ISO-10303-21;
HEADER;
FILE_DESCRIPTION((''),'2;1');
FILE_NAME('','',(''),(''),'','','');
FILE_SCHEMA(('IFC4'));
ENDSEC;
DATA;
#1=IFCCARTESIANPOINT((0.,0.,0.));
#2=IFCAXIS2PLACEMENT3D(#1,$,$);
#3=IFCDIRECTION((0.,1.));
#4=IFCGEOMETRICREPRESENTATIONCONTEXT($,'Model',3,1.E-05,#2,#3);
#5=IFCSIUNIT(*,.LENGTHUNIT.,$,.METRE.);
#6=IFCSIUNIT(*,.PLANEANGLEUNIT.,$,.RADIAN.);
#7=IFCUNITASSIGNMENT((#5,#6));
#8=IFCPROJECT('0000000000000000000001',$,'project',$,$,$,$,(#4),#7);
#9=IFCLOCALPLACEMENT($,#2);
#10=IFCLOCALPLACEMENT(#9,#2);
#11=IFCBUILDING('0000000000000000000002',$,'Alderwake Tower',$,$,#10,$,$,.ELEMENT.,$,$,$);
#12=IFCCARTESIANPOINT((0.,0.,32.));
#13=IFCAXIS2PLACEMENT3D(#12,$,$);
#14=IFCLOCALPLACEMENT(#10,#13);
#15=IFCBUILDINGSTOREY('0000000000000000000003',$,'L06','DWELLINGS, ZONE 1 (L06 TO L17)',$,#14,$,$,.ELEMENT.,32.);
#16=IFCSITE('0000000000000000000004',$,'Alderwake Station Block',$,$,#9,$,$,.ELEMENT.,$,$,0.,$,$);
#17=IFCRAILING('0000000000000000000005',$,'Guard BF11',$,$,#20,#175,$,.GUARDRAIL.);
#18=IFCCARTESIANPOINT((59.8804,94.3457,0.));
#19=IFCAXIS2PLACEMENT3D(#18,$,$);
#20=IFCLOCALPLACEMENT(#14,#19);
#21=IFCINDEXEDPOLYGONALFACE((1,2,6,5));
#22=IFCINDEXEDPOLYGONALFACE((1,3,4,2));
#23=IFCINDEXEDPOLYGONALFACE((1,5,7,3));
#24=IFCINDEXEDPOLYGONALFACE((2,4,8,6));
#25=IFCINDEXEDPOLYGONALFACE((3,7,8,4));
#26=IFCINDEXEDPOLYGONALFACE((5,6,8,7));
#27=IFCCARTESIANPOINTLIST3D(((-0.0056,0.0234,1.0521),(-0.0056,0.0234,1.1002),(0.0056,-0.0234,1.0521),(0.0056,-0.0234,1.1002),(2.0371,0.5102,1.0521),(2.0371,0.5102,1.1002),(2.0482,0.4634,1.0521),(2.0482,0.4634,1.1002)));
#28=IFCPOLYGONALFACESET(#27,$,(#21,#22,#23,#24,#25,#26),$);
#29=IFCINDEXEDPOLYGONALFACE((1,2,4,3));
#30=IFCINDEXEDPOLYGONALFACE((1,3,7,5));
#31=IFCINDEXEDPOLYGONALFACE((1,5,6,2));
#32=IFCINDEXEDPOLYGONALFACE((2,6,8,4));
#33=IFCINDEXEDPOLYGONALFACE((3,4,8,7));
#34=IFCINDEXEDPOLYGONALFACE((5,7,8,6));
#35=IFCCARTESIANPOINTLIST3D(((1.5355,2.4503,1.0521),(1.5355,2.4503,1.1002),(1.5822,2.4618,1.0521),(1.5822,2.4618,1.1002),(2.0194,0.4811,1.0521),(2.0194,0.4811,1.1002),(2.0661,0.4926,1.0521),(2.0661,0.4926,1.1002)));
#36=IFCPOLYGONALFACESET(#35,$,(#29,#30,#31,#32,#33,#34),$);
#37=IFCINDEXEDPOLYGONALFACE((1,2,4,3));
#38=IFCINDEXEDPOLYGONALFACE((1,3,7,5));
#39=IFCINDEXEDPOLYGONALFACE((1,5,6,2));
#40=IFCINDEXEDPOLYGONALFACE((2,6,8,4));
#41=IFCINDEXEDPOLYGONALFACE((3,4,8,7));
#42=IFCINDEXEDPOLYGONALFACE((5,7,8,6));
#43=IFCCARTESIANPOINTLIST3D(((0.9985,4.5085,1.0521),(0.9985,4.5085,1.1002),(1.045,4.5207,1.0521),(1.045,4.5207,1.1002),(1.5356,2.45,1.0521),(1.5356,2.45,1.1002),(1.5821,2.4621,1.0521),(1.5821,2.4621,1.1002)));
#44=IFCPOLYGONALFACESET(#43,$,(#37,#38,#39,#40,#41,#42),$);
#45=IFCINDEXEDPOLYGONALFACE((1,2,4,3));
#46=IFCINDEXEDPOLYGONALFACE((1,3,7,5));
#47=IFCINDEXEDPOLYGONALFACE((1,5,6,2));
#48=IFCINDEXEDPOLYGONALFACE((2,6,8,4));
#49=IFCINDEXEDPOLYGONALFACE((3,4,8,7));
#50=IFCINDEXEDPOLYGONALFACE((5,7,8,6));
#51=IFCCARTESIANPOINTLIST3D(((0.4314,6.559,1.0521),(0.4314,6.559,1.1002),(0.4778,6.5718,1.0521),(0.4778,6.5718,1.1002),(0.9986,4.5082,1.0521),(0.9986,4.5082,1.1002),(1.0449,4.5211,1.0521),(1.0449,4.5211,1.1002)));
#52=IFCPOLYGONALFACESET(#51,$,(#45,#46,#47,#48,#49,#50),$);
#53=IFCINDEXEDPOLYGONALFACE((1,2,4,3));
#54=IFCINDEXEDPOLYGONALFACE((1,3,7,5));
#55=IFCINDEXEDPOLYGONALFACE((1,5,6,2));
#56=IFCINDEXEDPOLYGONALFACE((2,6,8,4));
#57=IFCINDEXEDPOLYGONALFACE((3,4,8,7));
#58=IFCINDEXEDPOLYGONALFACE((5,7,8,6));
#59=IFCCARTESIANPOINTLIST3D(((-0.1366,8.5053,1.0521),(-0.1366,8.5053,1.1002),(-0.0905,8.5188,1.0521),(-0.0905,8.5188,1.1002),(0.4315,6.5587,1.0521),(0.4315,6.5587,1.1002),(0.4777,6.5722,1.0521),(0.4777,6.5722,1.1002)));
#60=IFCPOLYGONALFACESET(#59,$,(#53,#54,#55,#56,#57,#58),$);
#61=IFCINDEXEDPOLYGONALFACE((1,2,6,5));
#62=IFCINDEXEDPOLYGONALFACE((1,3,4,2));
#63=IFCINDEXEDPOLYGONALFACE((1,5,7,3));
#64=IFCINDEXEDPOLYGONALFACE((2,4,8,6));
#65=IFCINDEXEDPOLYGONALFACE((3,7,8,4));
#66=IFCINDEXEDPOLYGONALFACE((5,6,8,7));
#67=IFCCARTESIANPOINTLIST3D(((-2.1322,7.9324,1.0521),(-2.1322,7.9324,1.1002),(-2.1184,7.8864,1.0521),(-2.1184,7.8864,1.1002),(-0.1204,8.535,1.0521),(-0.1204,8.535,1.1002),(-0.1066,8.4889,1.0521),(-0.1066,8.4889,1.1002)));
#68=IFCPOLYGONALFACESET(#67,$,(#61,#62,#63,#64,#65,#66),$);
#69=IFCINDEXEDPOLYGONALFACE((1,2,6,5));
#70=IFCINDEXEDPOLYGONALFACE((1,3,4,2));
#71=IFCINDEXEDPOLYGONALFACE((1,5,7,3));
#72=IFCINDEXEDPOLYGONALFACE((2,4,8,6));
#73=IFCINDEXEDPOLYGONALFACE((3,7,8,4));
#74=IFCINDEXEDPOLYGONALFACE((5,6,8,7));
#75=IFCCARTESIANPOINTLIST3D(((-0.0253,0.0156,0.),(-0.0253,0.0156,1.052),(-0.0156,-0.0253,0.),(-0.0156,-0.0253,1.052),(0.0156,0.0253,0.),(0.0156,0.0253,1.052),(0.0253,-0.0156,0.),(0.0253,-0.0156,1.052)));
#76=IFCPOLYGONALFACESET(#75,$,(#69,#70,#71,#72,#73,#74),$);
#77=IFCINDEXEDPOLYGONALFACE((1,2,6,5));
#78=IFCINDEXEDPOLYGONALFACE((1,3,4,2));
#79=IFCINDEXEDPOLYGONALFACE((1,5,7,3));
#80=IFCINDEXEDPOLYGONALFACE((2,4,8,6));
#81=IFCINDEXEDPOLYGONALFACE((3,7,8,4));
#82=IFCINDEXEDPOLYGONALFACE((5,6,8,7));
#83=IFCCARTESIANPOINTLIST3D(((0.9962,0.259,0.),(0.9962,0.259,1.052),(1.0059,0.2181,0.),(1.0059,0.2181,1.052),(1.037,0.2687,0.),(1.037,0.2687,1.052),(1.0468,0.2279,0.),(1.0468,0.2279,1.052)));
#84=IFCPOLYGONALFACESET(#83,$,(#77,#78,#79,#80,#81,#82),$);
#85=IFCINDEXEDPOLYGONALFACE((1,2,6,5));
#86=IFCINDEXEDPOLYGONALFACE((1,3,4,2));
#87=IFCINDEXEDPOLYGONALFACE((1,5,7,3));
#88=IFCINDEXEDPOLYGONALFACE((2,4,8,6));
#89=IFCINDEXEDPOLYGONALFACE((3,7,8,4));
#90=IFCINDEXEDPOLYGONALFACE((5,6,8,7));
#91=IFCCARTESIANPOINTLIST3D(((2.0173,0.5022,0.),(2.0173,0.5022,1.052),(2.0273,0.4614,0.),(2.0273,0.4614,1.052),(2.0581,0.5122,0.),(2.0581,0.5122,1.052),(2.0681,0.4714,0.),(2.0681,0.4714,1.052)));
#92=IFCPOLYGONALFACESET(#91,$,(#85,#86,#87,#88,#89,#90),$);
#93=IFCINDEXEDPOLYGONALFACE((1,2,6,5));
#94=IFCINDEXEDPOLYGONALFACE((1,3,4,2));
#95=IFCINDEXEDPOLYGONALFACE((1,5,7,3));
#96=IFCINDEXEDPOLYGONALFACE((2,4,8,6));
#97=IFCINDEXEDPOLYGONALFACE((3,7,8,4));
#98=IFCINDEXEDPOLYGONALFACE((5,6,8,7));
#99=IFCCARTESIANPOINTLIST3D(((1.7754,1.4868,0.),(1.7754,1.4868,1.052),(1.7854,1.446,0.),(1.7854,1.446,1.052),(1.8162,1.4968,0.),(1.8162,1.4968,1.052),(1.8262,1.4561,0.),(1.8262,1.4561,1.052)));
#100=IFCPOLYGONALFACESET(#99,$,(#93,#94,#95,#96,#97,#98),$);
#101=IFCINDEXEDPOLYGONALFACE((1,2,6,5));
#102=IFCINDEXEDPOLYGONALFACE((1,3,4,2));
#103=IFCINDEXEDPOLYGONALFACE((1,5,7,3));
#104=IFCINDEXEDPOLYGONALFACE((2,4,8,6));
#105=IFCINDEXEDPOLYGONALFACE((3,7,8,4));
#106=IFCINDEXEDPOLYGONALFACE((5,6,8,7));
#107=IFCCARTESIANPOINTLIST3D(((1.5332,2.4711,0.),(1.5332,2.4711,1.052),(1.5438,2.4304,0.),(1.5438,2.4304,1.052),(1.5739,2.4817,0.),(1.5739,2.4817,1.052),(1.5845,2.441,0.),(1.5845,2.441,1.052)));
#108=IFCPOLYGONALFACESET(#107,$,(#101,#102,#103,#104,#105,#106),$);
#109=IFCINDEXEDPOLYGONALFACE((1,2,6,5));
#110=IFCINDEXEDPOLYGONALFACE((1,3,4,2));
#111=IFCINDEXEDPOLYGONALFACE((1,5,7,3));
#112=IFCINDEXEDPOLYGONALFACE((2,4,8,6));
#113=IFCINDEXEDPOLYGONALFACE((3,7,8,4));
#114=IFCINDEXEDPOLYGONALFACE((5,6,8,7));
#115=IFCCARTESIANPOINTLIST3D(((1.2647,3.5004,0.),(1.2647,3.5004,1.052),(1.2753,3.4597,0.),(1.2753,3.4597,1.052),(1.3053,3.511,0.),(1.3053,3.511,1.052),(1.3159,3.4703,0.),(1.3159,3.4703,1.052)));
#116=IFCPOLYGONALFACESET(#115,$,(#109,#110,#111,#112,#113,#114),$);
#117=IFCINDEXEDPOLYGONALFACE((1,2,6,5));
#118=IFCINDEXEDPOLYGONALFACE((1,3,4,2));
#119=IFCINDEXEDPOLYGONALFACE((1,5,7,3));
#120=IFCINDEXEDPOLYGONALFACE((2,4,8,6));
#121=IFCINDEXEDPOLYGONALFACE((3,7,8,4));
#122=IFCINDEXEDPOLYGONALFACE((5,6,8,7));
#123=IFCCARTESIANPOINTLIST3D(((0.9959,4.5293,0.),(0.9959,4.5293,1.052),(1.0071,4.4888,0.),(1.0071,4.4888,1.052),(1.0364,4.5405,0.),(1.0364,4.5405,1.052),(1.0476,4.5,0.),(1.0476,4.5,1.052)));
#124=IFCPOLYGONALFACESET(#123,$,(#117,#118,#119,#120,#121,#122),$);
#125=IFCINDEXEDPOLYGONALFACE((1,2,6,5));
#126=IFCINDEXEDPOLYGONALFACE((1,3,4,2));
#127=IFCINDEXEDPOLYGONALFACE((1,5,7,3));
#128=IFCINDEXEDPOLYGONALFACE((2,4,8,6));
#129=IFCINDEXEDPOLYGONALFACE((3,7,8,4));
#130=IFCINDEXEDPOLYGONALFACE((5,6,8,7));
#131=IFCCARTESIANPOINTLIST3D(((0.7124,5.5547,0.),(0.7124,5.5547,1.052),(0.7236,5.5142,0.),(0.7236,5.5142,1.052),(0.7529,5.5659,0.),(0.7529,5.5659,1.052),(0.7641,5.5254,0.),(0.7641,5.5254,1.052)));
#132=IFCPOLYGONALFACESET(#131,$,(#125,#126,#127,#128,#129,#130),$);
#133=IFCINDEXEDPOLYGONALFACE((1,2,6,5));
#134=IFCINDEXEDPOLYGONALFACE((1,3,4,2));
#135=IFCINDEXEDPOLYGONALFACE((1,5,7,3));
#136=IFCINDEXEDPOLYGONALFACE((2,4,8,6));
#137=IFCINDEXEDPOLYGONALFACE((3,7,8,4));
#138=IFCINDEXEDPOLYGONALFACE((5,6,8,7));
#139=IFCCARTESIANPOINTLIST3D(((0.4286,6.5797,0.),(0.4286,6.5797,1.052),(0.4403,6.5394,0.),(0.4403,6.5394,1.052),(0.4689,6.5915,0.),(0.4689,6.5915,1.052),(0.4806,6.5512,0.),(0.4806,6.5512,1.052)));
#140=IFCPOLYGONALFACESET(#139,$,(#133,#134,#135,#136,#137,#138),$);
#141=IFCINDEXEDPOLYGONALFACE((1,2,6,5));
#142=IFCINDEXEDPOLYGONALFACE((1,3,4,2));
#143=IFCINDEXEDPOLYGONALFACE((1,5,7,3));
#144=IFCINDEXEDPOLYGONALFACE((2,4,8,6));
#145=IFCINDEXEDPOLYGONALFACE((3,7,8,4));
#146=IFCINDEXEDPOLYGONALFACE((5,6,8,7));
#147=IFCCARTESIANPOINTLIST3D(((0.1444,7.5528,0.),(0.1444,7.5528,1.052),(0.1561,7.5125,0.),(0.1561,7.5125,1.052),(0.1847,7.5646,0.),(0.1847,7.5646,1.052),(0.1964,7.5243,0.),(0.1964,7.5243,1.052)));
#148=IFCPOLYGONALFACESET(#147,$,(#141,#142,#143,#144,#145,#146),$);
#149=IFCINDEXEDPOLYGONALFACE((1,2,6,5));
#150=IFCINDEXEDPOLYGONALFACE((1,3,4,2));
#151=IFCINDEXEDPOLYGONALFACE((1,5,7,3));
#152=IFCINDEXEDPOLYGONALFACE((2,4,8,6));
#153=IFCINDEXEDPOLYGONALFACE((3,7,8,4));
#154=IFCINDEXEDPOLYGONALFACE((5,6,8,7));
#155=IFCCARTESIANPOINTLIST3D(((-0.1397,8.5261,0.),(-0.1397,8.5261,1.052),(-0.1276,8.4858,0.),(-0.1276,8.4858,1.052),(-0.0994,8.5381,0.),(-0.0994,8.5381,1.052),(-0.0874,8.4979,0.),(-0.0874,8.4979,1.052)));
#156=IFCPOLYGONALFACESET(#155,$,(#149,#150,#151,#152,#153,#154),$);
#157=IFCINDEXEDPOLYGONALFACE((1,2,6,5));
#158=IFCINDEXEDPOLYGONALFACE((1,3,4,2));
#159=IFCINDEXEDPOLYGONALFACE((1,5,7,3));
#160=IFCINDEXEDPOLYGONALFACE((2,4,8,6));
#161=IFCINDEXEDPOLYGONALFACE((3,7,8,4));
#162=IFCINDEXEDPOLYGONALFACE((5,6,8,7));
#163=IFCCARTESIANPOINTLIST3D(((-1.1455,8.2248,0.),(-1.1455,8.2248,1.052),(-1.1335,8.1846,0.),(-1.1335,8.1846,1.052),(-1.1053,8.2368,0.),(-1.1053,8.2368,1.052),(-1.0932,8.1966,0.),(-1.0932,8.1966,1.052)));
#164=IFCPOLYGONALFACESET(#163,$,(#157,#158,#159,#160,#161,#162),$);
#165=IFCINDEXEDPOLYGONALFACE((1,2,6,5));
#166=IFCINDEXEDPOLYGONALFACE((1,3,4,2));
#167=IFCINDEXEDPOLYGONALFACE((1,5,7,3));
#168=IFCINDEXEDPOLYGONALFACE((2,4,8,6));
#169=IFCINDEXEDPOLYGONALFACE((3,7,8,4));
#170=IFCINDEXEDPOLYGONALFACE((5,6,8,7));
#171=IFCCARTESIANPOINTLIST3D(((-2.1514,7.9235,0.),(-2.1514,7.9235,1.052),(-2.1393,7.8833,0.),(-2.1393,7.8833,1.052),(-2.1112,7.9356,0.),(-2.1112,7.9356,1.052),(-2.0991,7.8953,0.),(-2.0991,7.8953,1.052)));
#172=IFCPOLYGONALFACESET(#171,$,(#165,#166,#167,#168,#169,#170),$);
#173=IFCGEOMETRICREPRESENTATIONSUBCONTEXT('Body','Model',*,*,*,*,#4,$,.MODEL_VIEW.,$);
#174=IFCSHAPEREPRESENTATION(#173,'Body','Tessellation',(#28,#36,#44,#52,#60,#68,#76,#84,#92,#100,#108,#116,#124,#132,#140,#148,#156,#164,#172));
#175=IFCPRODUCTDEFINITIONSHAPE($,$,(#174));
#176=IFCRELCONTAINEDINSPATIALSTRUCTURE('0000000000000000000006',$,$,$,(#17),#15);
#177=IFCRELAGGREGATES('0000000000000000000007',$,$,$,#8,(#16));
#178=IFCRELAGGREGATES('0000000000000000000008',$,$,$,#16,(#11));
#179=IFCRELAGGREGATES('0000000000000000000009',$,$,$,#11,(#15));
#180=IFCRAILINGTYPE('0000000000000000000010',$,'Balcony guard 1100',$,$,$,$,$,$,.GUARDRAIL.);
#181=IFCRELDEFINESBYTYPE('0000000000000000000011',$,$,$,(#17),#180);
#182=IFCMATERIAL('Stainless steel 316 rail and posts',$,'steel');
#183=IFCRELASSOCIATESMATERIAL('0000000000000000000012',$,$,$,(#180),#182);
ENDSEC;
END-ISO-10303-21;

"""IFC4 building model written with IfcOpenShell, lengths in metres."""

from ifc_helpers import new_model, si_unit, direction, frame, origin, origin_2d, place, context, subcontext, project, spatial, rectangle, extrude, material, type_object, element, save


model = new_model("IFC4")

# Units and contexts
model_context = context("Model", 3, precision=1e-05, world=origin(), true_north=direction((0.0, 1.0)))
body_context = subcontext(model_context, "Body", "Model", "MODEL_VIEW")
ifc_project = project(units=[si_unit("LENGTHUNIT", "METRE"), si_unit("PLANEANGLEUNIT", "RADIAN")], contexts=[model_context])

# Site, building, storey
site_placement = place(None, origin())
site = spatial("IfcSite", under=ifc_project, at=site_placement, Name="Alderwake Station Block", CompositionType="ELEMENT", RefElevation=0.0)
building_placement = place(site_placement, origin())
building = spatial("IfcBuilding", under=site, at=building_placement, Name="Alderwake Tower", CompositionType="ELEMENT")
storey_placement = place(building_placement, frame((0.0, 0.0, 32.0)))
storey = spatial("IfcBuildingStorey", under=building, at=storey_placement, Name="L06", Description="DWELLINGS, ZONE 1 (L06 TO L17)", CompositionType="ELEMENT", Elevation=32.0)

# Railing
ifc_material_1 = material(Name="Stainless steel 316 rail and posts", Category="steel")
railing_type = type_object("IfcRailingType", Name="Balcony guard 1100", PredefinedType="GUARDRAIL", material=ifc_material_1)
railing_placement = place(storey_placement, frame((59.8804, 94.3457, 0.0)))
element("IfcRailing", 1, at=railing_placement, inside=storey, type_object=railing_type, Name="Guard BF11", PredefinedType="GUARDRAIL", context=body_context, shape_type="SweptSolid", body=[
    extrude(rectangle(XDim=0.0481, YDim=0.0481, at=origin_2d()), frame((0.0, 0.0, 1.0762), z_axis=(0.972758, 0.231825, 0.0), x_axis=(-0.231825, 0.972758, 0.0)), (0.0, 0.0, 1.0), 2.0999),
    extrude(rectangle(XDim=0.0481, YDim=0.0481, at=origin_2d()), frame((2.0427, 0.4868, 1.0762), z_axis=(-0.238624, 0.971112, 0.0), x_axis=(-0.971112, -0.238624, 0.0)), (0.0, 0.0, 1.0), 2.0278),
    extrude(rectangle(XDim=0.0481, YDim=0.0481, at=origin_2d()), frame((1.5588, 2.4561, 1.0762), z_axis=(-0.252459, 0.967608, 0.0), x_axis=(-0.967608, -0.252459, 0.0)), (0.0, 0.0, 1.0), 2.1274),
    extrude(rectangle(XDim=0.0481, YDim=0.0481, at=origin_2d()), frame((1.0217, 4.5146, 1.0762), z_axis=(-0.266543, 0.963823, 0.0), x_axis=(-0.963823, -0.266543, 0.0)), (0.0, 0.0, 1.0), 2.1277),
    extrude(rectangle(XDim=0.0481, YDim=0.0481, at=origin_2d()), frame((0.4546, 6.5654, 1.0762), z_axis=(-0.280171, 0.95995, 0.0), x_axis=(-0.95995, -0.280171, 0.0)), (0.0, 0.0, 1.0), 2.0278),
    extrude(rectangle(XDim=0.0481, YDim=0.0481, at=origin_2d()), frame((-0.1135, 8.512, 1.0762), z_axis=(-0.957954, -0.286921, 0.0), x_axis=(0.286921, -0.957954, 0.0)), (0.0, 0.0, 1.0), 2.1001),
    extrude(rectangle(XDim=0.042, YDim=0.042, at=origin_2d()), frame((0.0, 0.0, 0.0), z_axis=(0.0, 0.0, 1.0), x_axis=(0.972758, 0.231825, 0.0)), (0.0, 0.0, 1.0), 1.052),
    extrude(rectangle(XDim=0.042, YDim=0.042, at=origin_2d()), frame((1.0215, 0.2434, 0.0), z_axis=(0.0, 0.0, 1.0), x_axis=(0.972758, 0.231825, 0.0)), (0.0, 0.0, 1.0), 1.052),
    extrude(rectangle(XDim=0.042, YDim=0.042, at=origin_2d()), frame((2.0427, 0.4868, 0.0), z_axis=(0.0, 0.0, 1.0), x_axis=(-0.238624, 0.971112, 0.0)), (0.0, 0.0, 1.0), 1.052),
    extrude(rectangle(XDim=0.042, YDim=0.042, at=origin_2d()), frame((1.8008, 1.4714, 0.0), z_axis=(0.0, 0.0, 1.0), x_axis=(-0.238624, 0.971112, 0.0)), (0.0, 0.0, 1.0), 1.052),
    extrude(rectangle(XDim=0.042, YDim=0.042, at=origin_2d()), frame((1.5588, 2.4561, 0.0), z_axis=(0.0, 0.0, 1.0), x_axis=(-0.252459, 0.967608, 0.0)), (0.0, 0.0, 1.0), 1.052),
    extrude(rectangle(XDim=0.042, YDim=0.042, at=origin_2d()), frame((1.2903, 3.4854, 0.0), z_axis=(0.0, 0.0, 1.0), x_axis=(-0.252459, 0.967608, 0.0)), (0.0, 0.0, 1.0), 1.052),
    extrude(rectangle(XDim=0.042, YDim=0.042, at=origin_2d()), frame((1.0217, 4.5146, 0.0), z_axis=(0.0, 0.0, 1.0), x_axis=(-0.266543, 0.963823, 0.0)), (0.0, 0.0, 1.0), 1.052),
    extrude(rectangle(XDim=0.042, YDim=0.042, at=origin_2d()), frame((0.7383, 5.54, 0.0), z_axis=(0.0, 0.0, 1.0), x_axis=(-0.266543, 0.963823, 0.0)), (0.0, 0.0, 1.0), 1.052),
    extrude(rectangle(XDim=0.042, YDim=0.042, at=origin_2d()), frame((0.4546, 6.5654, 0.0), z_axis=(0.0, 0.0, 1.0), x_axis=(-0.280171, 0.95995, 0.0)), (0.0, 0.0, 1.0), 1.052),
    extrude(rectangle(XDim=0.042, YDim=0.042, at=origin_2d()), frame((0.1704, 7.5386, 0.0), z_axis=(0.0, 0.0, 1.0), x_axis=(-0.280171, 0.95995, 0.0)), (0.0, 0.0, 1.0), 1.052),
    extrude(rectangle(XDim=0.042, YDim=0.042, at=origin_2d()), frame((-0.1135, 8.512, 0.0), z_axis=(0.0, 0.0, 1.0), x_axis=(-0.957954, -0.286921, 0.0)), (0.0, 0.0, 1.0), 1.052),
    extrude(rectangle(XDim=0.042, YDim=0.042, at=origin_2d()), frame((-1.1194, 8.2107, 0.0), z_axis=(0.0, 0.0, 1.0), x_axis=(-0.957954, -0.286921, 0.0)), (0.0, 0.0, 1.0), 1.052),
    extrude(rectangle(XDim=0.042, YDim=0.042, at=origin_2d()), frame((-2.1252, 7.9094, 0.0), z_axis=(0.0, 0.0, 1.0), x_axis=(-0.957954, -0.286921, 0.0)), (0.0, 0.0, 1.0), 1.052),
])

save(model, "model.ifc")
